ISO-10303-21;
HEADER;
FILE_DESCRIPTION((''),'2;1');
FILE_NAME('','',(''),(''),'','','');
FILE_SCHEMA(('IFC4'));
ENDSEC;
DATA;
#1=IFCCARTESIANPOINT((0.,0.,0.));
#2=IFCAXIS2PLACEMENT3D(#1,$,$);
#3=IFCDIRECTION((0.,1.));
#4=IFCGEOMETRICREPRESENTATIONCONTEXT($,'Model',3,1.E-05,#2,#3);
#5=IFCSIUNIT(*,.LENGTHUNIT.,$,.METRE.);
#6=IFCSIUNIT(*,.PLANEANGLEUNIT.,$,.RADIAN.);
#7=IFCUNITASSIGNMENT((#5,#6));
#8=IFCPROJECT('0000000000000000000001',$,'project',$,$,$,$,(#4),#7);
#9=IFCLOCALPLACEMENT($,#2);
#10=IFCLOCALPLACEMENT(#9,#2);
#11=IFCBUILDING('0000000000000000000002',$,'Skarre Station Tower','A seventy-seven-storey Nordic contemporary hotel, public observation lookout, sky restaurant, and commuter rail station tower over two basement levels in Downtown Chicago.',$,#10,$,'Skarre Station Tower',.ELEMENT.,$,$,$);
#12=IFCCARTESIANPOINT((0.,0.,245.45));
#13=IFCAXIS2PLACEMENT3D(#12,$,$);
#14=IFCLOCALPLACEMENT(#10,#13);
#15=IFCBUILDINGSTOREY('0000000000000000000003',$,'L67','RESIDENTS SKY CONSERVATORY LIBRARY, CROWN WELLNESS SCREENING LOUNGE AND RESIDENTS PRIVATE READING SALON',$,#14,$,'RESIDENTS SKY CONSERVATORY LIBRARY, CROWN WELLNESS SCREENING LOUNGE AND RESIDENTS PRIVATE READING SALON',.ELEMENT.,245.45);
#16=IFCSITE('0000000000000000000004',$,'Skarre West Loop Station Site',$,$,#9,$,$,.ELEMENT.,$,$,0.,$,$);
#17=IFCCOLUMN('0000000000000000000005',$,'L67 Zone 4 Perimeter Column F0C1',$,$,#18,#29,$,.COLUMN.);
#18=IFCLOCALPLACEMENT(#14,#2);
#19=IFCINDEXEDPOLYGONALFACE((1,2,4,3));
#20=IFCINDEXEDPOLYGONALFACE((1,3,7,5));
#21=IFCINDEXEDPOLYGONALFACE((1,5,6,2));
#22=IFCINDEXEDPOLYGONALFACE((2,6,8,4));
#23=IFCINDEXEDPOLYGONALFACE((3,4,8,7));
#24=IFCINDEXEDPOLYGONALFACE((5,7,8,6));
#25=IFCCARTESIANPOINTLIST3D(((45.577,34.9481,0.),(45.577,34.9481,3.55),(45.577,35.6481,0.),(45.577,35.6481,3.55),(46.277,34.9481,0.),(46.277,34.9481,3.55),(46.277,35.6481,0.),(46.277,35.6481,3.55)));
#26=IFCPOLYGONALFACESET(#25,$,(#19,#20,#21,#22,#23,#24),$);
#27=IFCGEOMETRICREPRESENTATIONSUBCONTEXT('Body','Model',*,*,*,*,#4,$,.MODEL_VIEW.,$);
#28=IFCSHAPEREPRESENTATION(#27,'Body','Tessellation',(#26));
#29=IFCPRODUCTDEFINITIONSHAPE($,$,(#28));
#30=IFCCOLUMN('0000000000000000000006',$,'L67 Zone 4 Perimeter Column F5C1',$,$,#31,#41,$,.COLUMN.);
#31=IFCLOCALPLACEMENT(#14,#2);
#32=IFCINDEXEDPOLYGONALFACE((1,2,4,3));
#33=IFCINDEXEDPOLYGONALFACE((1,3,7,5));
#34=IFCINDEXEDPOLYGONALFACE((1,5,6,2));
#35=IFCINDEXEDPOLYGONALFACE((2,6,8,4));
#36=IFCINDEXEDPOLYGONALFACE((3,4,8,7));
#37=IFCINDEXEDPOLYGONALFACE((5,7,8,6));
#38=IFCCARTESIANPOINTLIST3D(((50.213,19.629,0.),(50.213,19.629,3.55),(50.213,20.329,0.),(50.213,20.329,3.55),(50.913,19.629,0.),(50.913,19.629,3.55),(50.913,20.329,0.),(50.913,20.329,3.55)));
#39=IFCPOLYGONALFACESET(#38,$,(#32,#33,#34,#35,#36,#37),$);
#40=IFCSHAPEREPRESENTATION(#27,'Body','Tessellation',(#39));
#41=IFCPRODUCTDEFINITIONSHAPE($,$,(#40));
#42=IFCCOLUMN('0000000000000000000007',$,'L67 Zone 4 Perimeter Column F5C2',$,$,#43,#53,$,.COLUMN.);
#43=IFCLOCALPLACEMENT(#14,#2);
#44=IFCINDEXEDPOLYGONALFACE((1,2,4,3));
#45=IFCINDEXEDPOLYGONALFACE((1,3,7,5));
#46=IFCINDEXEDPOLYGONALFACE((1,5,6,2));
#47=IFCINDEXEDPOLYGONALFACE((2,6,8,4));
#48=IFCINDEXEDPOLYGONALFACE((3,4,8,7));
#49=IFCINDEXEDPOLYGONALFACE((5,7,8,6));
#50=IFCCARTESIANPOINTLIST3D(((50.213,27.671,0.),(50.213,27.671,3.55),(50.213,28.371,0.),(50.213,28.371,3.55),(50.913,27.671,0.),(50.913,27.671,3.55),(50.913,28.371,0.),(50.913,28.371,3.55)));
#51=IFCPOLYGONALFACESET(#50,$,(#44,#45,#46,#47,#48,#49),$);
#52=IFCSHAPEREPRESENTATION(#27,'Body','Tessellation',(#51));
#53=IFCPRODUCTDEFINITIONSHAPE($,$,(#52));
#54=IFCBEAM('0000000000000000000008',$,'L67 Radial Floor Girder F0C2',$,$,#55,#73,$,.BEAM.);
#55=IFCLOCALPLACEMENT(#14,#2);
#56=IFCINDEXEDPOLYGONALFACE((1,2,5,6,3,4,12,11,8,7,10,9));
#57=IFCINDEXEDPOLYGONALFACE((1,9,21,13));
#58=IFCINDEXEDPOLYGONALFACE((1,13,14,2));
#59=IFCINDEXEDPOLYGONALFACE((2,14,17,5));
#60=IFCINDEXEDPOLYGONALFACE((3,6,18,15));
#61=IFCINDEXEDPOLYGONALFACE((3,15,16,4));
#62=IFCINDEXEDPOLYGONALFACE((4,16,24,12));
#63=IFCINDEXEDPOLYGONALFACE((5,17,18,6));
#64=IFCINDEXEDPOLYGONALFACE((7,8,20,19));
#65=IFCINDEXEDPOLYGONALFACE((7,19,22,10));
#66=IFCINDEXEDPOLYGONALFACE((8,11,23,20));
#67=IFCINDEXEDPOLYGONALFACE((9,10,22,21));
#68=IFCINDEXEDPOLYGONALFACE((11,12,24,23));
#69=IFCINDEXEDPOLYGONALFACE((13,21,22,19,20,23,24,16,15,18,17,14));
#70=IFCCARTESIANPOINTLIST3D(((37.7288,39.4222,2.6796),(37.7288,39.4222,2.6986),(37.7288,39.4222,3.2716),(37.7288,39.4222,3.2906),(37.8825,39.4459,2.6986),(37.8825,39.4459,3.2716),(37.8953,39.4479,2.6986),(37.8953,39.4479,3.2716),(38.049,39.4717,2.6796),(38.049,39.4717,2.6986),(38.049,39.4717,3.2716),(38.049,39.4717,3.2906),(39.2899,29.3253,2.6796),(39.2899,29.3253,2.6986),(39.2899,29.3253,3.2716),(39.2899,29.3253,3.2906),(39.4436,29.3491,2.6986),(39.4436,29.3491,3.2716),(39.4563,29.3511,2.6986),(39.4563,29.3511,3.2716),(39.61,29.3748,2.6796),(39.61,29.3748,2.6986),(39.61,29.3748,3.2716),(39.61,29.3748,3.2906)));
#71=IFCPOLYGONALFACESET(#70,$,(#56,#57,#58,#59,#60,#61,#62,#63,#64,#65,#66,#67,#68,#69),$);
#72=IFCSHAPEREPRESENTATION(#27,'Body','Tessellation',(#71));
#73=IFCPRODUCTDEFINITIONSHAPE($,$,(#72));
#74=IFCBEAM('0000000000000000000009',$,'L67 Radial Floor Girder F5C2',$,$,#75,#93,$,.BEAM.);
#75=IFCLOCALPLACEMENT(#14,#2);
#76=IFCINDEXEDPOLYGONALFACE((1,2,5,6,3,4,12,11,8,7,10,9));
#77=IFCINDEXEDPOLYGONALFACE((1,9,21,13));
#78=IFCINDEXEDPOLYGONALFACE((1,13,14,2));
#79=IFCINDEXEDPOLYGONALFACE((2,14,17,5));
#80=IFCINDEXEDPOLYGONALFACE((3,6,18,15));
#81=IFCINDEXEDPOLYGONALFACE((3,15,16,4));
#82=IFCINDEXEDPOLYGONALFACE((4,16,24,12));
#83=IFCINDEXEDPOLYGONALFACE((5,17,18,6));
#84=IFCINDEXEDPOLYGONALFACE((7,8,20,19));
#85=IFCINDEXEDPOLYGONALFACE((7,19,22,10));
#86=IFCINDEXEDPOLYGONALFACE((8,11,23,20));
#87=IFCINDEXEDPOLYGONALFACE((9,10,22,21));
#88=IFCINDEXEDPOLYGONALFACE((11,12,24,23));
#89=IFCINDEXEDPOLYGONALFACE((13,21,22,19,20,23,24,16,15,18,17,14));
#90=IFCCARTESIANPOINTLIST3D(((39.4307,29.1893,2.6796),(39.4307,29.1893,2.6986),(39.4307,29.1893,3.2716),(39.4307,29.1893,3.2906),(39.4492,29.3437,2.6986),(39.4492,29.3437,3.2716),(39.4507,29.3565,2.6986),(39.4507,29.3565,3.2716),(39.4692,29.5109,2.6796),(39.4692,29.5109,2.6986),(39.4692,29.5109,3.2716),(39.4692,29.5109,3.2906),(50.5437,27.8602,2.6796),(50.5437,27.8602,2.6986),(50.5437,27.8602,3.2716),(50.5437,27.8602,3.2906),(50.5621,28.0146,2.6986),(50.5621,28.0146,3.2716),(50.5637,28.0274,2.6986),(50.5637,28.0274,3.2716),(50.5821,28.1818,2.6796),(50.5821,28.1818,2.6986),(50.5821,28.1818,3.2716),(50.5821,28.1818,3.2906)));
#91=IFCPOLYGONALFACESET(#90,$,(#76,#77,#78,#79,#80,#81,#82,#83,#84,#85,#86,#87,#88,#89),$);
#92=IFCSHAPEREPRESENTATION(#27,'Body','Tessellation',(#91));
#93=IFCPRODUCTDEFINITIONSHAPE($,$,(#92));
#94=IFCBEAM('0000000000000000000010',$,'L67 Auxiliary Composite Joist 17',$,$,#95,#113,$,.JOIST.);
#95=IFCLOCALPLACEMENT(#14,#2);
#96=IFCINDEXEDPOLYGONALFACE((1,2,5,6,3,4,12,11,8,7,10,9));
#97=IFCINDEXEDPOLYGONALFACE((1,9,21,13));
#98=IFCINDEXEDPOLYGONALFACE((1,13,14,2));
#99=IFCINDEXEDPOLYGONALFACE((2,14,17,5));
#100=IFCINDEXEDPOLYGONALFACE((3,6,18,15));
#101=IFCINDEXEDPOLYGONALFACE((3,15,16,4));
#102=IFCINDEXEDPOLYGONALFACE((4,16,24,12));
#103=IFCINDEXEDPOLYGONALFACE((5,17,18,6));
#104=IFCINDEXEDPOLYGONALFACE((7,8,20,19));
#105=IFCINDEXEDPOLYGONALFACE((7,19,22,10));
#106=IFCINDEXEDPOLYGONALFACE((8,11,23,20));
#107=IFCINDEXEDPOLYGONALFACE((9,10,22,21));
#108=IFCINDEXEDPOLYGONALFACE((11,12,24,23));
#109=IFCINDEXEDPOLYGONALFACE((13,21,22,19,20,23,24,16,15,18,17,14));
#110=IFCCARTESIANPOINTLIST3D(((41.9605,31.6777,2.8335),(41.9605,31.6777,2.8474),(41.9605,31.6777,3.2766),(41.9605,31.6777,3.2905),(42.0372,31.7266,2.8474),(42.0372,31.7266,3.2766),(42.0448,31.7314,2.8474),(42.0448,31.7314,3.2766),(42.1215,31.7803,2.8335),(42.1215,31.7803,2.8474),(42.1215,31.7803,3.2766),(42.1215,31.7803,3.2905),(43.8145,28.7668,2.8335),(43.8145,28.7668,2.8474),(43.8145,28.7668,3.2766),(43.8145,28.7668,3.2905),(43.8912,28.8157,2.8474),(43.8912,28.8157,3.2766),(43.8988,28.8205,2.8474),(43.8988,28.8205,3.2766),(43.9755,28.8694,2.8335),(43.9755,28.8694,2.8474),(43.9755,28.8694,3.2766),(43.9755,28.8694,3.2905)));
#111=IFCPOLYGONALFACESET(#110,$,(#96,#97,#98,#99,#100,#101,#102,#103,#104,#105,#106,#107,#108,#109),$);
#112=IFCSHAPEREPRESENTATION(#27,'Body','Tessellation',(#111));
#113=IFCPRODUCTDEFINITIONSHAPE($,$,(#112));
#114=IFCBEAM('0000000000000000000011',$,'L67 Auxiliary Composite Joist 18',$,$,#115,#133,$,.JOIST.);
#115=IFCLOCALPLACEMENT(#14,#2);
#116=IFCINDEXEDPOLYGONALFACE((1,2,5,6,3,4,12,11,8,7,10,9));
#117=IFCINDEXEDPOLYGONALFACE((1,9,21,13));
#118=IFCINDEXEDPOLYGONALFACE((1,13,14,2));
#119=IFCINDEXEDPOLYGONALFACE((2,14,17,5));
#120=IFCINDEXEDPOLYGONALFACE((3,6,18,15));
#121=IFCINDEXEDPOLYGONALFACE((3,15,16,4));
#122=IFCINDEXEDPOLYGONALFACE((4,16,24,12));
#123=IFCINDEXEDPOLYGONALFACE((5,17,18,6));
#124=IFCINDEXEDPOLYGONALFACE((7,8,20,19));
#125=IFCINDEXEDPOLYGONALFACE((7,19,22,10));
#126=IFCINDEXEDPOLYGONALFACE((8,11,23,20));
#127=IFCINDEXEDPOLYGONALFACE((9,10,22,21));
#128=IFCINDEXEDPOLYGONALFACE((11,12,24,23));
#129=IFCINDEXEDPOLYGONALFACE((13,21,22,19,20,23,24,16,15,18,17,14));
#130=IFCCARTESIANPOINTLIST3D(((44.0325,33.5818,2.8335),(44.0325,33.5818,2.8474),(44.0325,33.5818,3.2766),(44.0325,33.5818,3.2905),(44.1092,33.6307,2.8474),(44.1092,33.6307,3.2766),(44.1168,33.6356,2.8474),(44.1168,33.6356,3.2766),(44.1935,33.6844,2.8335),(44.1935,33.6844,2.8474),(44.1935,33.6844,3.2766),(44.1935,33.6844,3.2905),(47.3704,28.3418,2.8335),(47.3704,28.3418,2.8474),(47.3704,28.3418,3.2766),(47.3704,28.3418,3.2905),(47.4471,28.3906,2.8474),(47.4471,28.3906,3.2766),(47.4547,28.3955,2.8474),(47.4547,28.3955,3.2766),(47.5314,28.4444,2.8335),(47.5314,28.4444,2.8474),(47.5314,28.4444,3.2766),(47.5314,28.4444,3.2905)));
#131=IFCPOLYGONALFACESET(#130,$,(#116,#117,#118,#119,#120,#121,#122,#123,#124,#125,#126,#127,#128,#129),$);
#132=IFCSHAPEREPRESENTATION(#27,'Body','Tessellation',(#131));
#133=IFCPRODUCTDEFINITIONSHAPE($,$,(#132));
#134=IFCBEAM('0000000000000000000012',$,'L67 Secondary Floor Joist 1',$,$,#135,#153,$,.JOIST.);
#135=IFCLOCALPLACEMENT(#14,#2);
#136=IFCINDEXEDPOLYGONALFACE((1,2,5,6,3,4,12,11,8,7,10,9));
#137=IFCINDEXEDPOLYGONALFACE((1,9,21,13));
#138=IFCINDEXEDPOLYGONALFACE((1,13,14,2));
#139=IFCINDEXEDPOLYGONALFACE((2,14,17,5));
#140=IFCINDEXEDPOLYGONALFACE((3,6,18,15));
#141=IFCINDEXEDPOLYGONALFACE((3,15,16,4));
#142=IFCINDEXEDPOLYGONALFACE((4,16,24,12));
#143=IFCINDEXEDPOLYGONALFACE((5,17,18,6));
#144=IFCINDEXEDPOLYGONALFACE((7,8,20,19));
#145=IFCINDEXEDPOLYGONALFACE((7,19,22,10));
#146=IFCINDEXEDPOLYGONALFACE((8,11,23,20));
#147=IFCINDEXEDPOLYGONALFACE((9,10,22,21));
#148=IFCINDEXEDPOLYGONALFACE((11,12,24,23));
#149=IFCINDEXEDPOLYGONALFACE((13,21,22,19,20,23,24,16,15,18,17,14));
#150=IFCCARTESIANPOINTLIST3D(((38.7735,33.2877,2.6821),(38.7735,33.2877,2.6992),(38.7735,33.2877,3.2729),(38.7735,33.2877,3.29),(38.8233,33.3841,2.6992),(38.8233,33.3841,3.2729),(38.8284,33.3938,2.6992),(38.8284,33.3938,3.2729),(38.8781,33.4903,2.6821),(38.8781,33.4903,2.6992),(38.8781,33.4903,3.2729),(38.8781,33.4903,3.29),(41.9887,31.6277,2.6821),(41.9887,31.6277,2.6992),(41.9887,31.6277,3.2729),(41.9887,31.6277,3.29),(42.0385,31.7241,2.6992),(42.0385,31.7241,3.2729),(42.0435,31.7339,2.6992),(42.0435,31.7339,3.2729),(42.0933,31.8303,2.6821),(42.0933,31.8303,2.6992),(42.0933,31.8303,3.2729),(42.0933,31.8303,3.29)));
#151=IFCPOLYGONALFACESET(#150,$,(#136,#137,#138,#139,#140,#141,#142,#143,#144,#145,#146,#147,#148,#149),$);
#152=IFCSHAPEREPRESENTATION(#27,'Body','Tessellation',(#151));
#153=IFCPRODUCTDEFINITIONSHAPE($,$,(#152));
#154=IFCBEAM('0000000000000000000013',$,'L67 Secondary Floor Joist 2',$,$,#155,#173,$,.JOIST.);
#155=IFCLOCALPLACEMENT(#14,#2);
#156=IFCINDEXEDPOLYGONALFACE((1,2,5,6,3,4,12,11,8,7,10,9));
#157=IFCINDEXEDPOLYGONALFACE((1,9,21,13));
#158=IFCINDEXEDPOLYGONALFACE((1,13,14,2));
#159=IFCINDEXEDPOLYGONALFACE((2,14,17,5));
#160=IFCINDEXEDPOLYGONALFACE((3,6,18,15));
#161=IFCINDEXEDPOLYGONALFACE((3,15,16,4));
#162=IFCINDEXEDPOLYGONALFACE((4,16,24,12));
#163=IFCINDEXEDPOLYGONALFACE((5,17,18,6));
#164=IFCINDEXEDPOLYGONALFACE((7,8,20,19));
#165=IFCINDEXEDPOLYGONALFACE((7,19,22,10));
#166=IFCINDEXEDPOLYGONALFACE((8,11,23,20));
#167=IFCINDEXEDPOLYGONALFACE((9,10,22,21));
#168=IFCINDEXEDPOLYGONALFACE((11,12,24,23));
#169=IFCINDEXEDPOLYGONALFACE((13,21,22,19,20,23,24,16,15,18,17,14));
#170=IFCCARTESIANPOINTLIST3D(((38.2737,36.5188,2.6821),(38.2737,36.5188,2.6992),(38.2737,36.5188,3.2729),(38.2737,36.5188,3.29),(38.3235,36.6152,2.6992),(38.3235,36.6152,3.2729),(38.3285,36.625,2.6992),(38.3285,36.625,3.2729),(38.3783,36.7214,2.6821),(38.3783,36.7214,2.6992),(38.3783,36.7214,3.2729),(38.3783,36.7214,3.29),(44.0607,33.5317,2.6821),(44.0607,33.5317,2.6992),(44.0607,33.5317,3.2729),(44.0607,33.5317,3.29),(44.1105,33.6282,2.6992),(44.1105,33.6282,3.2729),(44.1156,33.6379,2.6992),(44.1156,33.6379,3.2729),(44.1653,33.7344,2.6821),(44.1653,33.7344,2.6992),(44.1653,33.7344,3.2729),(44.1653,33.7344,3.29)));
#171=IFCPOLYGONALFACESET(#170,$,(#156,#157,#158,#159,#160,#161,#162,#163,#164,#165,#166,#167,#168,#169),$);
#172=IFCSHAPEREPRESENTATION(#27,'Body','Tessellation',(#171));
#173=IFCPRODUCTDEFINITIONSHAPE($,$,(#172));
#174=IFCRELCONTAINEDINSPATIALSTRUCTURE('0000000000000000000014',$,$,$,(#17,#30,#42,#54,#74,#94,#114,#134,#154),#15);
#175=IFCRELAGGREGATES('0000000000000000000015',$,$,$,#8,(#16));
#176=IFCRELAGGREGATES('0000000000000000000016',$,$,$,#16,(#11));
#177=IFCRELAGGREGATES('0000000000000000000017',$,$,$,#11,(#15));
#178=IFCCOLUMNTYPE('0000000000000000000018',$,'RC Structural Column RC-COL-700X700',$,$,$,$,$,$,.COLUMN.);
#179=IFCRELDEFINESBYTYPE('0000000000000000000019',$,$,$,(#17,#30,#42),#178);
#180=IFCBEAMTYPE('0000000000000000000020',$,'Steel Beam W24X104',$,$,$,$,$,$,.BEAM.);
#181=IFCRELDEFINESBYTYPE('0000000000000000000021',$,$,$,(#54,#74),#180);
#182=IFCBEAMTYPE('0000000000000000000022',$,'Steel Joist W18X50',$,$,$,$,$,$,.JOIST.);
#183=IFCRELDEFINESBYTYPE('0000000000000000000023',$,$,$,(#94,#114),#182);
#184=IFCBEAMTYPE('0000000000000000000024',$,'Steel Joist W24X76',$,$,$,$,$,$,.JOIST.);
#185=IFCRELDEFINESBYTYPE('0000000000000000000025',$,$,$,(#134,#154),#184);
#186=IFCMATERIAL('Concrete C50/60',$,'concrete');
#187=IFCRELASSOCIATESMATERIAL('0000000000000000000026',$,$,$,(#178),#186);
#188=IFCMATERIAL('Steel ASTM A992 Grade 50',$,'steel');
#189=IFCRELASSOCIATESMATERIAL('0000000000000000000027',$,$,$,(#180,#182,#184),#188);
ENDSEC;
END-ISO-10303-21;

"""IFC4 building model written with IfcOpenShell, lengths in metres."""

from ifc_helpers import new_model, si_unit, direction, frame, origin, origin_2d, place, context, subcontext, project, spatial, rectangle, i_section, extrude, material, material_profile, profile_set, type_object, element, save


model = new_model("IFC4")

# Units and contexts
model_context = context("Model", 3, precision=1e-05, world=origin(), true_north=direction((0.0, 1.0)))
body_context = subcontext(model_context, "Body", "Model", "MODEL_VIEW")
ifc_project = project(units=[si_unit("LENGTHUNIT", "METRE"), si_unit("PLANEANGLEUNIT", "RADIAN")], contexts=[model_context])

# Site, building, storey
site_placement = place(None, origin())
site = spatial("IfcSite", under=ifc_project, at=site_placement, Name="Skarre West Loop Station Site", CompositionType="ELEMENT", RefElevation=0.0)
building_placement = place(site_placement, origin())
building = spatial("IfcBuilding", under=site, at=building_placement, Name="Skarre Station Tower", Description="A seventy-seven-storey Nordic contemporary hotel, public observation lookout, sky restaurant, and commuter rail station tower over two basement levels in Downtown Chicago.", LongName="Skarre Station Tower", CompositionType="ELEMENT")
storey_placement = place(building_placement, frame((0.0, 0.0, 245.45)))
storey = spatial("IfcBuildingStorey", under=building, at=storey_placement, Name="L67", Description="RESIDENTS SKY CONSERVATORY LIBRARY, CROWN WELLNESS SCREENING LOUNGE AND RESIDENTS PRIVATE READING SALON", LongName="RESIDENTS SKY CONSERVATORY LIBRARY, CROWN WELLNESS SCREENING LOUNGE AND RESIDENTS PRIVATE READING SALON", CompositionType="ELEMENT", Elevation=245.45)

# Columns
ifc_material_1 = material(Name="Concrete C50/60", Category="concrete")
ifc_material_profile_1 = material_profile(ifc_material_1, rectangle(XDim=0.7, YDim=0.7, at=origin_2d()), Name="Concrete C50/60")
ifc_profile_set_1 = profile_set([ifc_material_profile_1], Name="Concrete C50/60")
column_type = type_object("IfcColumnType", Name="RC Structural Column RC-COL-700X700", PredefinedType="COLUMN", material=ifc_profile_set_1)
for number, where, z_axis, x_axis, name in (
    (1, (45.927, 35.2981, 0.0), (0.0, 0.0, 1.0), (1.0, 0.0, 0.0), "L67 Zone 4 Perimeter Column F0C1"),
    (2, (50.563, 19.979, 0.0), (0.0, 0.0, 1.0), (1.0, 0.0, 0.0), "L67 Zone 4 Perimeter Column F5C1"),
    (3, (50.563, 28.021, 0.0), (0.0, 0.0, 1.0), (1.0, 0.0, 0.0), "L67 Zone 4 Perimeter Column F5C2"),
):
    element("IfcColumn", number, at=place(storey_placement, frame(where, z_axis=z_axis, x_axis=x_axis)), inside=storey, type_object=column_type, Name=name, PredefinedType="COLUMN", context=body_context, shape_type="SweptSolid", body=[
        extrude(rectangle(XDim=0.7, YDim=0.7, at=origin_2d()), origin(), (0.0, 0.0, 1.0), 3.55),
    ])

# Beams
ifc_material_2 = material(Name="Steel ASTM A992 Grade 50", Category="steel")
ifc_material_profile_2 = material_profile(ifc_material_2, i_section(OverallWidth=0.324, OverallDepth=0.6111, WebThickness=0.0129, FlangeThickness=0.019, at=origin_2d()), Name="Steel ASTM A992 Grade 50")
ifc_profile_set_2 = profile_set([ifc_material_profile_2], Name="Steel ASTM A992 Grade 50")
beam_type_1 = type_object("IfcBeamType", Name="Steel Beam W24X104", PredefinedType="BEAM", material=ifc_profile_set_2)
beam_1_placement = place(storey_placement, frame((39.45, 29.3501, 2.9851), z_axis=(-0.15279, 0.988259, 0.0), x_axis=(-0.988259, -0.15279, 0.0)))
element("IfcBeam", 4, at=beam_1_placement, inside=storey, type_object=beam_type_1, Name="L67 Radial Floor Girder F0C2", PredefinedType="BEAM", context=body_context, shape_type="SweptSolid", body=[
    extrude(i_section(OverallWidth=0.324, OverallDepth=0.6111, WebThickness=0.0129, FlangeThickness=0.019, at=origin_2d()), origin(), (0.0, 0.0, 1.0), 10.2168),
])
beam_2_placement = place(storey_placement, frame((39.45, 29.3501, 2.9851), z_axis=(0.992924, -0.118752, 0.0), x_axis=(0.118752, 0.992924, 0.0)))
element("IfcBeam", 5, at=beam_2_placement, inside=storey, type_object=beam_type_1, Name="L67 Radial Floor Girder F5C2", PredefinedType="BEAM", context=body_context, shape_type="SweptSolid", body=[
    extrude(i_section(OverallWidth=0.324, OverallDepth=0.6111, WebThickness=0.0129, FlangeThickness=0.019, at=origin_2d()), origin(), (0.0, 0.0, 1.0), 11.1921),
])
ifc_material_profile_3 = material_profile(ifc_material_2, i_section(OverallWidth=0.1909, OverallDepth=0.457, WebThickness=0.009, FlangeThickness=0.0139, at=origin_2d()), Name="Steel ASTM A992 Grade 50")
ifc_profile_set_3 = profile_set([ifc_material_profile_3], Name="Steel ASTM A992 Grade 50")
beam_type_2 = type_object("IfcBeamType", Name="Steel Joist W18X50", PredefinedType="JOIST", material=ifc_profile_set_3)
beam_3_placement = place(storey_placement, frame((43.895, 28.8181, 3.062), z_axis=(-0.53721, 0.843449, 0.0), x_axis=(-0.843449, -0.53721, 0.0)))
element("IfcBeam", 6, at=beam_3_placement, inside=storey, type_object=beam_type_2, Name="L67 Auxiliary Composite Joist 17", PredefinedType="JOIST", context=body_context, shape_type="SweptSolid", body=[
    extrude(i_section(OverallWidth=0.1909, OverallDepth=0.457, WebThickness=0.009, FlangeThickness=0.0139, at=origin_2d()), origin(), (0.0, 0.0, 1.0), 3.4512),
])
beam_4_placement = place(storey_placement, frame((47.4509, 28.3931, 3.062), z_axis=(-0.537259, 0.843417, 0.0), x_axis=(-0.843417, -0.537259, 0.0)))
element("IfcBeam", 7, at=beam_4_placement, inside=storey, type_object=beam_type_2, Name="L67 Auxiliary Composite Joist 18", PredefinedType="JOIST", context=body_context, shape_type="SweptSolid", body=[
    extrude(i_section(OverallWidth=0.1909, OverallDepth=0.457, WebThickness=0.009, FlangeThickness=0.0139, at=origin_2d()), origin(), (0.0, 0.0, 1.0), 6.2129),
])
ifc_material_profile_4 = material_profile(ifc_material_2, i_section(OverallWidth=0.228, OverallDepth=0.6079, WebThickness=0.011, FlangeThickness=0.0171, at=origin_2d()), Name="Steel ASTM A992 Grade 50")
ifc_profile_set_4 = profile_set([ifc_material_profile_4], Name="Steel ASTM A992 Grade 50")
beam_type_3 = type_object("IfcBeamType", Name="Steel Joist W24X76", PredefinedType="JOIST", material=ifc_profile_set_4)
beam_5_placement = place(storey_placement, frame((42.041, 31.729, 2.9861), z_axis=(-0.888563, 0.458755, 0.0), x_axis=(-0.458755, -0.888563, 0.0)))
element("IfcBeam", 8, at=beam_5_placement, inside=storey, type_object=beam_type_3, Name="L67 Secondary Floor Joist 1", PredefinedType="JOIST", context=body_context, shape_type="SweptSolid", body=[
    extrude(i_section(OverallWidth=0.228, OverallDepth=0.6079, WebThickness=0.011, FlangeThickness=0.0171, at=origin_2d()), origin(), (0.0, 0.0, 1.0), 3.6184),
])
beam_6_placement = place(storey_placement, frame((44.113, 33.6331, 2.9861), z_axis=(-0.88861, 0.458663, 0.0), x_axis=(-0.458663, -0.88861, 0.0)))
element("IfcBeam", 9, at=beam_6_placement, inside=storey, type_object=beam_type_3, Name="L67 Secondary Floor Joist 2", PredefinedType="JOIST", context=body_context, shape_type="SweptSolid", body=[
    extrude(i_section(OverallWidth=0.228, OverallDepth=0.6079, WebThickness=0.011, FlangeThickness=0.0171, at=origin_2d()), origin(), (0.0, 0.0, 1.0), 6.5125),
])

save(model, "model.ifc")
